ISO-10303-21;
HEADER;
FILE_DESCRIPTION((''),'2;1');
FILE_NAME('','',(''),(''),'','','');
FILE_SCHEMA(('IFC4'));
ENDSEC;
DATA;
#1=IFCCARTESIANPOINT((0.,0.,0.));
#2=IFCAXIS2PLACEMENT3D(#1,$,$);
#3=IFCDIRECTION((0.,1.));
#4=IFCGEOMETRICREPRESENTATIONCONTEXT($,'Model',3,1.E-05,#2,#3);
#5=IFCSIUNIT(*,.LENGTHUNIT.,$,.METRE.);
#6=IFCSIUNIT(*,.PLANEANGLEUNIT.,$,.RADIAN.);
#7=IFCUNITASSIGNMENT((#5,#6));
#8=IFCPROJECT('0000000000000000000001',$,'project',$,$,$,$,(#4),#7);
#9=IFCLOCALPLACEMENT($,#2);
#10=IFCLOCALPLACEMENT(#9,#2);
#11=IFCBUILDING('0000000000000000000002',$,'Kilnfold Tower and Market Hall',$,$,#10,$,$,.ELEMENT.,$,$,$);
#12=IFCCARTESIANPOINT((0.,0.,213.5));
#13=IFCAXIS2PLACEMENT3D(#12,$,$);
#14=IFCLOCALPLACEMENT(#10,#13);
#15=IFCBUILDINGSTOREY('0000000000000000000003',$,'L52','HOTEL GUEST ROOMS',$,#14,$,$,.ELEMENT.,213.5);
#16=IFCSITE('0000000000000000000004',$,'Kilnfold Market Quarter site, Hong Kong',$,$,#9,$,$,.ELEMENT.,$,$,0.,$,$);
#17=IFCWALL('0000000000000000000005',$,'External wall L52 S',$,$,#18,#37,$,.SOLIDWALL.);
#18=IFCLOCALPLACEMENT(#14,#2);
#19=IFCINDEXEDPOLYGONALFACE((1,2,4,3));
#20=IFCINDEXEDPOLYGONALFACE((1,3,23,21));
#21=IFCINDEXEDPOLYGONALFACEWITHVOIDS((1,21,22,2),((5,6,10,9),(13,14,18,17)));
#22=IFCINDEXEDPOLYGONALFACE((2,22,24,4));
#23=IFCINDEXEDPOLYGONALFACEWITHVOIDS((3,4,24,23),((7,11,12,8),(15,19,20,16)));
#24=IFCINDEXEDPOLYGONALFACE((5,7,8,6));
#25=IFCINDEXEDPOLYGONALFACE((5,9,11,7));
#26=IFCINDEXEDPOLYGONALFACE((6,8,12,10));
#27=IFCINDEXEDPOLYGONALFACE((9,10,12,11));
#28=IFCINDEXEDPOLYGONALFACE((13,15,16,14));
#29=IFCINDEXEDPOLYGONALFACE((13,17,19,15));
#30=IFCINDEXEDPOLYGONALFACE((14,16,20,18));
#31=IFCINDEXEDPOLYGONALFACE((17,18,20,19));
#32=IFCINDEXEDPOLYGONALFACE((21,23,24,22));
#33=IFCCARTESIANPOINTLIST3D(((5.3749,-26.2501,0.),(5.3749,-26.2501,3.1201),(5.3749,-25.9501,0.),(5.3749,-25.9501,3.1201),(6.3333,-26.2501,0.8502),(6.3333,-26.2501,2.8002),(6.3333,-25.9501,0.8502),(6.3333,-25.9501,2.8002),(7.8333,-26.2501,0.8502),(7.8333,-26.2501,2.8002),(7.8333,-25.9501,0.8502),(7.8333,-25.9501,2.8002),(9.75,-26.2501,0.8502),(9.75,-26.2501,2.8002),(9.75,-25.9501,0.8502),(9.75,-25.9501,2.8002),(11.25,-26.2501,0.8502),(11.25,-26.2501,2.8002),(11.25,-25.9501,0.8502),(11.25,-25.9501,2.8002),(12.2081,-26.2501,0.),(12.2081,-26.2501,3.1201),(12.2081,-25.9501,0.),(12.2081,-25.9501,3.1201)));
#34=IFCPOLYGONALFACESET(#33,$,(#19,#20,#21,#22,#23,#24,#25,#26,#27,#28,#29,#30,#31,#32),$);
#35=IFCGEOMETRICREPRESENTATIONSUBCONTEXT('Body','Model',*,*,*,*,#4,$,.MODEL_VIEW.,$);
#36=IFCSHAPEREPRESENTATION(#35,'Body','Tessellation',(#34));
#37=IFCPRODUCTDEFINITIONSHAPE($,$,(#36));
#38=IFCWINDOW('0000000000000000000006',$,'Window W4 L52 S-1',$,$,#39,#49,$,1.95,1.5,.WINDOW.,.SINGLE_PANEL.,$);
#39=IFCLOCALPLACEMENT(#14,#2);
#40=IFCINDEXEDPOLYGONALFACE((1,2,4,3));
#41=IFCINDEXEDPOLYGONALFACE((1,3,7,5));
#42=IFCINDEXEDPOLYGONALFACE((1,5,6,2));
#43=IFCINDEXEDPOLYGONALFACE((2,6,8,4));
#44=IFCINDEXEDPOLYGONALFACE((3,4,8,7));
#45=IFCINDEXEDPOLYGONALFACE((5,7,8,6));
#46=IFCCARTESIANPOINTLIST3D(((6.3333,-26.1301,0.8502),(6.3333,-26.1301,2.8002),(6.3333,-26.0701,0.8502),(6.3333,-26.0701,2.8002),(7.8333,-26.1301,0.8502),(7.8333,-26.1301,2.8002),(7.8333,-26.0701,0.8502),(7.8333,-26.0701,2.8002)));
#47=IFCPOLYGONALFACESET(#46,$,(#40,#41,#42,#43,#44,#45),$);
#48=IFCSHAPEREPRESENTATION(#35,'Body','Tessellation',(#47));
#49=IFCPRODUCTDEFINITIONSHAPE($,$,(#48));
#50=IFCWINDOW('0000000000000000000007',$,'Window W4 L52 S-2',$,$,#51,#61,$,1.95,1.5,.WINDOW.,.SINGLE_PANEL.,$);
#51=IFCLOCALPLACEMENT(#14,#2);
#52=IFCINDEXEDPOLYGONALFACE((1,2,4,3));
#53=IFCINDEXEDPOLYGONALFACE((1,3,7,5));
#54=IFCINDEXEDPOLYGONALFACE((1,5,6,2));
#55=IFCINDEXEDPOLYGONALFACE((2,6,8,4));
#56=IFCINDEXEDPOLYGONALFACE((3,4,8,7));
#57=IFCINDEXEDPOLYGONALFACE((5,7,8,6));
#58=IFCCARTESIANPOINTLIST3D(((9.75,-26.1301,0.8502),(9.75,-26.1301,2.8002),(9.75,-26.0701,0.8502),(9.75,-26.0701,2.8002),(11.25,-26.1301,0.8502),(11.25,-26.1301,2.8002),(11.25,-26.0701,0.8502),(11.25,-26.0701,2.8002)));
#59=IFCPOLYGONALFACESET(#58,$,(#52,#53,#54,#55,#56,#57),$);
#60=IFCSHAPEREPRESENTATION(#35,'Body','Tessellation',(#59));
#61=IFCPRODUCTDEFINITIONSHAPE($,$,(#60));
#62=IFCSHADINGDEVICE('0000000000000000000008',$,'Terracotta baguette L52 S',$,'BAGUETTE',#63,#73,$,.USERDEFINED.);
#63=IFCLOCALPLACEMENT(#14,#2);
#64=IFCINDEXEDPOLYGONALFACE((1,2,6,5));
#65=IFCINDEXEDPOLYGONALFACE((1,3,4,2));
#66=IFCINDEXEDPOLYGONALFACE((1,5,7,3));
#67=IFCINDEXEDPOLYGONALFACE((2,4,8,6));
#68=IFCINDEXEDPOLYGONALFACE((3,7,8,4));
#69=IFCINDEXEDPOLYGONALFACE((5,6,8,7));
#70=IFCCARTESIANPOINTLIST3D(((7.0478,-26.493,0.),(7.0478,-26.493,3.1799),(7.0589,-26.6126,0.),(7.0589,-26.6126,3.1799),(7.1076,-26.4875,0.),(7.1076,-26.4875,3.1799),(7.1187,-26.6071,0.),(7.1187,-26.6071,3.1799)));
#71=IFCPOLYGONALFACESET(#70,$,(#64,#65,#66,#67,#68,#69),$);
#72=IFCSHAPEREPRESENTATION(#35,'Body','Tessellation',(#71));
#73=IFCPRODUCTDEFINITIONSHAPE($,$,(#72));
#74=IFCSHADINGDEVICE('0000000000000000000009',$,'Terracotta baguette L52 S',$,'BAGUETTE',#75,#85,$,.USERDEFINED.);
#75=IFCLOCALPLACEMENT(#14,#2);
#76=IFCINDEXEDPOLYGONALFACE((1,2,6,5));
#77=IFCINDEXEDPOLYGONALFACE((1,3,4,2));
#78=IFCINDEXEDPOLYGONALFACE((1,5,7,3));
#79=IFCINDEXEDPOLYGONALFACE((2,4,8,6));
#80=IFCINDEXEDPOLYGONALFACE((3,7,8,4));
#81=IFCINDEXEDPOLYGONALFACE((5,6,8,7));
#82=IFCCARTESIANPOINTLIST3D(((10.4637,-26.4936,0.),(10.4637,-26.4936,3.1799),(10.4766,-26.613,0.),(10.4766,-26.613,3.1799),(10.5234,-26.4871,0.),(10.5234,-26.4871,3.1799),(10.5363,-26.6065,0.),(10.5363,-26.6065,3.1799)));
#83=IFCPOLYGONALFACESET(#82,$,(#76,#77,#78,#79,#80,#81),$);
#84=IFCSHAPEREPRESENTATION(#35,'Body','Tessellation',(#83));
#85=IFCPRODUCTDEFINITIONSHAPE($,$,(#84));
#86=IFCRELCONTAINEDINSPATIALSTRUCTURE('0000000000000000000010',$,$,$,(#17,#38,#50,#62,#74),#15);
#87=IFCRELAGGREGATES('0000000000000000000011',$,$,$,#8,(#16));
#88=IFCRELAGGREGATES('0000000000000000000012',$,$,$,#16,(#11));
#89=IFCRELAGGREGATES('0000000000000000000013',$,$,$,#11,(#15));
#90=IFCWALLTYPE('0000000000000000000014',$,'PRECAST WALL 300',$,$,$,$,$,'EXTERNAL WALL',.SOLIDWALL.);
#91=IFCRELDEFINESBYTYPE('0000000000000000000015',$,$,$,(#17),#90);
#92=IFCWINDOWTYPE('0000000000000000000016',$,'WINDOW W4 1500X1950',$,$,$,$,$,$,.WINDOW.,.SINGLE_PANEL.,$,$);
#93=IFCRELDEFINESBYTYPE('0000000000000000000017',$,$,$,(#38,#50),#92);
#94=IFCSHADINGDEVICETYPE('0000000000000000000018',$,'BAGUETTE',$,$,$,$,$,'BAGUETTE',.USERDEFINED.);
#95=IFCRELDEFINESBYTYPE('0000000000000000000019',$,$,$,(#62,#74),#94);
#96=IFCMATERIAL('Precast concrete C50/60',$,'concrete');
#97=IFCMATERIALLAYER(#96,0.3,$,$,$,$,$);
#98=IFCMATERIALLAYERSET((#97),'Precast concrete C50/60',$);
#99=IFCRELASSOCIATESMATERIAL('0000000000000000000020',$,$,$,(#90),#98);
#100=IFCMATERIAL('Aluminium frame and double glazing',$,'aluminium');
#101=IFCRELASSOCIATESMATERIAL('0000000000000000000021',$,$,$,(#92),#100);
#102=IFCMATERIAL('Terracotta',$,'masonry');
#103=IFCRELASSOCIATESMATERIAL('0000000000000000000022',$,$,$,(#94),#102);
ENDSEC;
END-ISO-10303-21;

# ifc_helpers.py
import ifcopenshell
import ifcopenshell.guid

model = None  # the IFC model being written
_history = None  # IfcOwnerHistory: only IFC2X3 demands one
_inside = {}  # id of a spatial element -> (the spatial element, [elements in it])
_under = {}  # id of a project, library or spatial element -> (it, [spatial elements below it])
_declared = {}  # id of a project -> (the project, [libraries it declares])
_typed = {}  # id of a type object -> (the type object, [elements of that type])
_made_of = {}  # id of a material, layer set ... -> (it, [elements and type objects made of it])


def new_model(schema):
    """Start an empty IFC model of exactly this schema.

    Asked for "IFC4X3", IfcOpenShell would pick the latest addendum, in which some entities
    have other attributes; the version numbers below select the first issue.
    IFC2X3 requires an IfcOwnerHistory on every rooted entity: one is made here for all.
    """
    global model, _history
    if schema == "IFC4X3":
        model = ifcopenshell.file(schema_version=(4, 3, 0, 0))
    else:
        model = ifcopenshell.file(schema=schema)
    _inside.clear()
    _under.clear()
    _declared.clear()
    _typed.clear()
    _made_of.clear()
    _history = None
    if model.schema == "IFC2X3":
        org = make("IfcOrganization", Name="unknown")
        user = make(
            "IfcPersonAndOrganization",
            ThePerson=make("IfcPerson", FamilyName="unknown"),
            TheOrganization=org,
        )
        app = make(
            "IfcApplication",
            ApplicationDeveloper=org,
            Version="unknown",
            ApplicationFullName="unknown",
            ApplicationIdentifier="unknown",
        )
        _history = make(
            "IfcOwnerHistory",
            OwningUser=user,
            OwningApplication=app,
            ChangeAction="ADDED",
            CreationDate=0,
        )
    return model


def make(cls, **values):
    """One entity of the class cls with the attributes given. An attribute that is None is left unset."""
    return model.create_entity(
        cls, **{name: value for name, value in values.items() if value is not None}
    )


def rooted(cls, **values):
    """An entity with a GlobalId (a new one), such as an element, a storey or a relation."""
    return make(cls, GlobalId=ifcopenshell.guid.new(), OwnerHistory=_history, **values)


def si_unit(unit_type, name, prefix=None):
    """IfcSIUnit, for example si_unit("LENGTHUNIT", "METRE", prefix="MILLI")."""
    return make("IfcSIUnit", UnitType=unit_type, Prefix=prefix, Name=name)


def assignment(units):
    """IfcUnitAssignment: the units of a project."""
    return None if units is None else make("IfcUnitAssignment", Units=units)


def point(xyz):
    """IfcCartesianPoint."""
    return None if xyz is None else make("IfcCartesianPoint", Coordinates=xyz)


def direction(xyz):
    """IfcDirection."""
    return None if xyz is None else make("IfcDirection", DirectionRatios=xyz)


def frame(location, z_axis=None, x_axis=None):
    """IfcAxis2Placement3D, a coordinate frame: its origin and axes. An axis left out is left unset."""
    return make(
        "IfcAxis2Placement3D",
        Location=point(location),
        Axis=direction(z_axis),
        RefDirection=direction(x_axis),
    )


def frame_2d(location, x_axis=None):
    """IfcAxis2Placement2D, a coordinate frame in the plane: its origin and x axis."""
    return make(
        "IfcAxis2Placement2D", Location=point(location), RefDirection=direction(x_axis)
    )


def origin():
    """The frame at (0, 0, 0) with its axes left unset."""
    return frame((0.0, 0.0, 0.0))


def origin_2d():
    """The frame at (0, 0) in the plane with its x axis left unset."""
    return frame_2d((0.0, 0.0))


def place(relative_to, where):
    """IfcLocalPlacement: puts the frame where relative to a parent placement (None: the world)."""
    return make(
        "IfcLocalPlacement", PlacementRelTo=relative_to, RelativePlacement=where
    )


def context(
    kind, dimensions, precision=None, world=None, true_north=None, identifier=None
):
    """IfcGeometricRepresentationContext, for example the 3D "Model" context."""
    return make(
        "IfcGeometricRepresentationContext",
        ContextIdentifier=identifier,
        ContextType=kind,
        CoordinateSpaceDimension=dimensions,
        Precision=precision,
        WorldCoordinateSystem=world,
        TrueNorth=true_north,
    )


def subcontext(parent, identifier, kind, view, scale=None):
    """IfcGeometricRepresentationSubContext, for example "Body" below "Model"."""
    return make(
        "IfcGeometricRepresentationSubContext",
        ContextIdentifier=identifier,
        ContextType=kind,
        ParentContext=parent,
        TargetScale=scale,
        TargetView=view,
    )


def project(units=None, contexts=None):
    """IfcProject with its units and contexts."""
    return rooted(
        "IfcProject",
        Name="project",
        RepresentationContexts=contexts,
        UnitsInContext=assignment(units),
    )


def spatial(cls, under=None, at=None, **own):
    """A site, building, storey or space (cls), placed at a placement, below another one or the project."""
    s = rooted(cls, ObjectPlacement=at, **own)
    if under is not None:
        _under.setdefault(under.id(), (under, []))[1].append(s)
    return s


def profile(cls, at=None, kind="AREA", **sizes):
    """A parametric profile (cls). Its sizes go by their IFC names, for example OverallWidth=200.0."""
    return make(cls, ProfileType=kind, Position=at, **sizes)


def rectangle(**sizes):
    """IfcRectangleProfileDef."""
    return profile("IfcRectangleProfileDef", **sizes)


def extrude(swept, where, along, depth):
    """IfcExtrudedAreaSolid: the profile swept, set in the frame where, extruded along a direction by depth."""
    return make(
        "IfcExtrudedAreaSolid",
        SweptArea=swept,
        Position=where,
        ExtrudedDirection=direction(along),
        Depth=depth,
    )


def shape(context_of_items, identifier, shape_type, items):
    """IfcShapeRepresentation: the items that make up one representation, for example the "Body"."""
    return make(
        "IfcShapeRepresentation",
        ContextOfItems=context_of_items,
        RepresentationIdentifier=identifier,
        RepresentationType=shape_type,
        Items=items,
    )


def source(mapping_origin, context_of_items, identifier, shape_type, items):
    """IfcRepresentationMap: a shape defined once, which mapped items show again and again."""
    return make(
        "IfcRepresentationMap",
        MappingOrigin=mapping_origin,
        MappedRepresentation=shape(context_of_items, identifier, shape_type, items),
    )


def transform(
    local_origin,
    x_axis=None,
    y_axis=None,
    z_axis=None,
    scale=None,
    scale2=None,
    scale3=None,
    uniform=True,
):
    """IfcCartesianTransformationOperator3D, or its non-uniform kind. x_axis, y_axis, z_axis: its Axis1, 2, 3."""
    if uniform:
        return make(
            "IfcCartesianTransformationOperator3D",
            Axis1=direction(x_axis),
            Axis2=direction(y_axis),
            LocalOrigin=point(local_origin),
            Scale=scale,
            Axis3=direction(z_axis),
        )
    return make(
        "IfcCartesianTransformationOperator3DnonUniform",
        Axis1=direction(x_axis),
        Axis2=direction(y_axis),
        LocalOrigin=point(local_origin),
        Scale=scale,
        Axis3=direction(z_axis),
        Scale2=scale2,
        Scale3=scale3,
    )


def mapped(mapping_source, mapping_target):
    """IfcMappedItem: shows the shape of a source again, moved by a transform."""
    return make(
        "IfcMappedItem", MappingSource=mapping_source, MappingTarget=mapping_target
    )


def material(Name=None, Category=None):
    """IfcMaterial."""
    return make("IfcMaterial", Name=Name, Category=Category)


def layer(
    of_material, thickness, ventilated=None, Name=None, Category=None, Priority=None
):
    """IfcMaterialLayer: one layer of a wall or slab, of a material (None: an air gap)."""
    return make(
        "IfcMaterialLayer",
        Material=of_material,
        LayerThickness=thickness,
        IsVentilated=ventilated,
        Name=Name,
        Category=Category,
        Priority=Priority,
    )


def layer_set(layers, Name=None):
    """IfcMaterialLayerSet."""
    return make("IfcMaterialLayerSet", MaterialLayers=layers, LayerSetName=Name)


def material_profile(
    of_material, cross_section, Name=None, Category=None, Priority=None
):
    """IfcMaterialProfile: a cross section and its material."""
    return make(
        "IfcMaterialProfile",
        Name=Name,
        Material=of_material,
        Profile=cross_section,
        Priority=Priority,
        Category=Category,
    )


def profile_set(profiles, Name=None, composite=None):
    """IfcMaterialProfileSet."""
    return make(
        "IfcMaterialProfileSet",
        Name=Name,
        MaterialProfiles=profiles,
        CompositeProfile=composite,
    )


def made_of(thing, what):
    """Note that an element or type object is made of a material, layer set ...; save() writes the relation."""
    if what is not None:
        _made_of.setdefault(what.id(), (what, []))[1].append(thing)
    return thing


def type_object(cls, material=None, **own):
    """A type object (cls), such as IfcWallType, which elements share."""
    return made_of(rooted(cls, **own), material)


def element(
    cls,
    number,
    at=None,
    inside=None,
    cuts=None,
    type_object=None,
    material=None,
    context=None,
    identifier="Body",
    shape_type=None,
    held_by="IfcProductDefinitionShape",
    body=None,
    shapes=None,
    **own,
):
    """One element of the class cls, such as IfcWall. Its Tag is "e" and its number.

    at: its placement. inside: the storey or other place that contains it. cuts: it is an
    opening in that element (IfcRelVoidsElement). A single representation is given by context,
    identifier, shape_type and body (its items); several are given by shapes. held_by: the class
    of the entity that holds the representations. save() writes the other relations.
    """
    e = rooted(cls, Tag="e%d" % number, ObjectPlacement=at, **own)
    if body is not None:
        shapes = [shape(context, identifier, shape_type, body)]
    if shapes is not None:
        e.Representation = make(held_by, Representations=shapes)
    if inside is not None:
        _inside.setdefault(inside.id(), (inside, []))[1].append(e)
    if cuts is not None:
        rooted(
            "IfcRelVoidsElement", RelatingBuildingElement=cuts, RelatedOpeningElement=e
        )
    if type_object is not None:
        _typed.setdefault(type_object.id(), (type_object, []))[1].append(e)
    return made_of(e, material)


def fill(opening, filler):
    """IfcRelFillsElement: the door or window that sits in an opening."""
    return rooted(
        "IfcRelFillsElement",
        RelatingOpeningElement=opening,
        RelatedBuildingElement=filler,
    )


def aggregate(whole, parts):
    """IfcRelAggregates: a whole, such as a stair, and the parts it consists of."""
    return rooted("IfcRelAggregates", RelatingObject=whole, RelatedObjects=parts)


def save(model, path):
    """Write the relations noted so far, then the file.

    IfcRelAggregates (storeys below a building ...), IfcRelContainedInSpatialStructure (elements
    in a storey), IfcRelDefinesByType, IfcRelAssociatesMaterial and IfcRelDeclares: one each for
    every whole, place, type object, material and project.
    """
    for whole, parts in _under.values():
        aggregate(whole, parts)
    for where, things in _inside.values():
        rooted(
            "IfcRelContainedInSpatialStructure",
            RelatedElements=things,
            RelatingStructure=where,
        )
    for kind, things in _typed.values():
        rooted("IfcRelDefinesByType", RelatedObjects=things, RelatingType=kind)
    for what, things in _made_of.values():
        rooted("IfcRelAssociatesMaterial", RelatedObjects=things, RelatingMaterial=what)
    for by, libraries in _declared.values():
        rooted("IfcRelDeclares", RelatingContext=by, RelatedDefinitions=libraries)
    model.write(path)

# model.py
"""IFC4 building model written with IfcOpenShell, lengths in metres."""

from ifc_helpers import new_model, si_unit, direction, frame, frame_2d, origin, origin_2d, place, context, subcontext, project, spatial, rectangle, extrude, source, transform, mapped, material, layer, layer_set, material_profile, profile_set, type_object, element, fill, save


model = new_model("IFC4")

# Units and contexts
model_context = context("Model", 3, precision=1e-05, world=origin(), true_north=direction((0.0, 1.0)))
body_context = subcontext(model_context, "Body", "Model", "MODEL_VIEW")
ifc_project = project(units=[si_unit("LENGTHUNIT", "METRE"), si_unit("PLANEANGLEUNIT", "RADIAN")], contexts=[model_context])

# Site, building, storey
site_placement = place(None, origin())
site = spatial("IfcSite", under=ifc_project, at=site_placement, Name="Kilnfold Market Quarter site, Hong Kong", CompositionType="ELEMENT", RefElevation=0.0)
building_placement = place(site_placement, origin())
building = spatial("IfcBuilding", under=site, at=building_placement, Name="Kilnfold Tower and Market Hall", CompositionType="ELEMENT")
storey_placement = place(building_placement, frame((0.0, 0.0, 213.5)))
storey = spatial("IfcBuildingStorey", under=building, at=storey_placement, Name="L52", Description="HOTEL GUEST ROOMS", CompositionType="ELEMENT", Elevation=213.5)

# Wall, openings, windows
ifc_material_1 = material(Name="Precast concrete C50/60", Category="concrete")
ifc_layer_1 = layer(ifc_material_1, 0.3)
ifc_layer_set_1 = layer_set([ifc_layer_1], Name="Precast concrete C50/60")
wall_type_1 = type_object("IfcWallType", Name="PRECAST WALL 300", ElementType="EXTERNAL WALL", PredefinedType="SOLIDWALL", material=ifc_layer_set_1)
shared_shape_1 = source(origin(), body_context, "Body", "SweptSolid", [
    extrude(rectangle(XDim=6.8333, YDim=0.3, at=frame_2d((3.4165, 0.0))), origin(), (0.0, 0.0, 1.0), 3.1201),
])
wall_1_placement = place(storey_placement, frame((5.375, -26.1001, 0.0), z_axis=(0.0, 0.0, 1.0), x_axis=(1.0, 0.0, 0.0)))
wall_1 = element("IfcWall", 1, at=wall_1_placement, inside=storey, type_object=wall_type_1, Name="External wall L52 S", PredefinedType="SOLIDWALL", context=body_context, shape_type="MappedRepresentation", body=[
    mapped(shared_shape_1, transform((0.0, 0.0, 0.0))),
])
opening_1_placement = place(wall_1_placement, frame((0.9583, 0.0, 0.8501)))
opening_1 = element("IfcOpeningElement", 2, at=opening_1_placement, cuts=wall_1, PredefinedType="OPENING", context=body_context, shape_type="SweptSolid", body=[
    extrude(rectangle(XDim=1.5, YDim=1.95, at=frame_2d((0.75, 0.9751))), frame((0.0, 0.1602, 0.0), z_axis=(0.0, -1.0, 0.0), x_axis=(1.0, 0.0, 0.0)), (0.0, 0.0, 1.0), 0.3201),
])
opening_2_placement = place(wall_1_placement, frame((4.375, 0.0, 0.8501)))
opening_2 = element("IfcOpeningElement", 3, at=opening_2_placement, cuts=wall_1, PredefinedType="OPENING", context=body_context, shape_type="SweptSolid", body=[
    extrude(rectangle(XDim=1.5, YDim=1.95, at=frame_2d((0.75, 0.9751))), frame((0.0, 0.1602, 0.0), z_axis=(0.0, -1.0, 0.0), x_axis=(1.0, 0.0, 0.0)), (0.0, 0.0, 1.0), 0.3201),
])
ifc_material_2 = material(Name="Aluminium frame and double glazing", Category="aluminium")
window_type = type_object("IfcWindowType", Name="WINDOW W4 1500X1950", PartitioningType="SINGLE_PANEL", PredefinedType="WINDOW", material=ifc_material_2)
window_1_placement = place(opening_1_placement, origin())
window_1 = element("IfcWindow", 4, at=window_1_placement, inside=storey, type_object=window_type, Name="Window W4 L52 S-1", OverallHeight=1.95, OverallWidth=1.5, PartitioningType="SINGLE_PANEL", PredefinedType="WINDOW", context=body_context, shape_type="SweptSolid", body=[
    extrude(rectangle(XDim=1.5, YDim=1.95, at=frame_2d((0.75, 0.9751))), frame((0.0, 0.03, 0.0), z_axis=(0.0, -1.0, 0.0), x_axis=(1.0, 0.0, 0.0)), (0.0, 0.0, 1.0), 0.0601),
])
fill(opening_1, window_1)
window_2_placement = place(opening_2_placement, origin())
window_2 = element("IfcWindow", 5, at=window_2_placement, inside=storey, type_object=window_type, Name="Window W4 L52 S-2", OverallHeight=1.95, OverallWidth=1.5, PartitioningType="SINGLE_PANEL", PredefinedType="WINDOW", context=body_context, shape_type="SweptSolid", body=[
    extrude(rectangle(XDim=1.5, YDim=1.95, at=frame_2d((0.75, 0.9751))), frame((0.0, 0.03, 0.0), z_axis=(0.0, -1.0, 0.0), x_axis=(1.0, 0.0, 0.0)), (0.0, 0.0, 1.0), 0.0601),
])
fill(opening_2, window_2)

# Shading devices
ifc_material_3 = material(Name="Terracotta", Category="masonry")
ifc_material_profile_1 = material_profile(ifc_material_3, rectangle(XDim=0.0601, YDim=0.1201, at=origin_2d()), Name="BAG 60x120")
ifc_profile_set_1 = profile_set([ifc_material_profile_1], Name="Terracotta")
shading_device_type = type_object("IfcShadingDeviceType", Name="BAGUETTE", ElementType="BAGUETTE", PredefinedType="USERDEFINED", material=ifc_profile_set_1)
shared_shape_2 = source(origin(), body_context, "Body", "SweptSolid", [
    extrude(rectangle(XDim=0.0601, YDim=0.1201, at=origin_2d()), origin(), (0.0, 0.0, 1.0), 3.1799),
])
for number, where, z_axis, x_axis, name in (
    (6, (7.0833, -26.55, 0.0), (0.0, 0.0, 1.0), (0.995691, 0.092736, 0.0), "Terracotta baguette L52 S"),
    (7, (10.5, -26.55, 0.0), (0.0, 0.0, 1.0), (0.99421, 0.107456, 0.0), "Terracotta baguette L52 S"),
):
    element("IfcShadingDevice", number, at=place(storey_placement, frame(where, z_axis=z_axis, x_axis=x_axis)), inside=storey, type_object=shading_device_type, Name=name, ObjectType="BAGUETTE", PredefinedType="USERDEFINED", context=body_context, shape_type="MappedRepresentation", body=[
        mapped(shared_shape_2, transform((0.0, 0.0, 0.0))),
    ])

save(model, "model.ifc")
